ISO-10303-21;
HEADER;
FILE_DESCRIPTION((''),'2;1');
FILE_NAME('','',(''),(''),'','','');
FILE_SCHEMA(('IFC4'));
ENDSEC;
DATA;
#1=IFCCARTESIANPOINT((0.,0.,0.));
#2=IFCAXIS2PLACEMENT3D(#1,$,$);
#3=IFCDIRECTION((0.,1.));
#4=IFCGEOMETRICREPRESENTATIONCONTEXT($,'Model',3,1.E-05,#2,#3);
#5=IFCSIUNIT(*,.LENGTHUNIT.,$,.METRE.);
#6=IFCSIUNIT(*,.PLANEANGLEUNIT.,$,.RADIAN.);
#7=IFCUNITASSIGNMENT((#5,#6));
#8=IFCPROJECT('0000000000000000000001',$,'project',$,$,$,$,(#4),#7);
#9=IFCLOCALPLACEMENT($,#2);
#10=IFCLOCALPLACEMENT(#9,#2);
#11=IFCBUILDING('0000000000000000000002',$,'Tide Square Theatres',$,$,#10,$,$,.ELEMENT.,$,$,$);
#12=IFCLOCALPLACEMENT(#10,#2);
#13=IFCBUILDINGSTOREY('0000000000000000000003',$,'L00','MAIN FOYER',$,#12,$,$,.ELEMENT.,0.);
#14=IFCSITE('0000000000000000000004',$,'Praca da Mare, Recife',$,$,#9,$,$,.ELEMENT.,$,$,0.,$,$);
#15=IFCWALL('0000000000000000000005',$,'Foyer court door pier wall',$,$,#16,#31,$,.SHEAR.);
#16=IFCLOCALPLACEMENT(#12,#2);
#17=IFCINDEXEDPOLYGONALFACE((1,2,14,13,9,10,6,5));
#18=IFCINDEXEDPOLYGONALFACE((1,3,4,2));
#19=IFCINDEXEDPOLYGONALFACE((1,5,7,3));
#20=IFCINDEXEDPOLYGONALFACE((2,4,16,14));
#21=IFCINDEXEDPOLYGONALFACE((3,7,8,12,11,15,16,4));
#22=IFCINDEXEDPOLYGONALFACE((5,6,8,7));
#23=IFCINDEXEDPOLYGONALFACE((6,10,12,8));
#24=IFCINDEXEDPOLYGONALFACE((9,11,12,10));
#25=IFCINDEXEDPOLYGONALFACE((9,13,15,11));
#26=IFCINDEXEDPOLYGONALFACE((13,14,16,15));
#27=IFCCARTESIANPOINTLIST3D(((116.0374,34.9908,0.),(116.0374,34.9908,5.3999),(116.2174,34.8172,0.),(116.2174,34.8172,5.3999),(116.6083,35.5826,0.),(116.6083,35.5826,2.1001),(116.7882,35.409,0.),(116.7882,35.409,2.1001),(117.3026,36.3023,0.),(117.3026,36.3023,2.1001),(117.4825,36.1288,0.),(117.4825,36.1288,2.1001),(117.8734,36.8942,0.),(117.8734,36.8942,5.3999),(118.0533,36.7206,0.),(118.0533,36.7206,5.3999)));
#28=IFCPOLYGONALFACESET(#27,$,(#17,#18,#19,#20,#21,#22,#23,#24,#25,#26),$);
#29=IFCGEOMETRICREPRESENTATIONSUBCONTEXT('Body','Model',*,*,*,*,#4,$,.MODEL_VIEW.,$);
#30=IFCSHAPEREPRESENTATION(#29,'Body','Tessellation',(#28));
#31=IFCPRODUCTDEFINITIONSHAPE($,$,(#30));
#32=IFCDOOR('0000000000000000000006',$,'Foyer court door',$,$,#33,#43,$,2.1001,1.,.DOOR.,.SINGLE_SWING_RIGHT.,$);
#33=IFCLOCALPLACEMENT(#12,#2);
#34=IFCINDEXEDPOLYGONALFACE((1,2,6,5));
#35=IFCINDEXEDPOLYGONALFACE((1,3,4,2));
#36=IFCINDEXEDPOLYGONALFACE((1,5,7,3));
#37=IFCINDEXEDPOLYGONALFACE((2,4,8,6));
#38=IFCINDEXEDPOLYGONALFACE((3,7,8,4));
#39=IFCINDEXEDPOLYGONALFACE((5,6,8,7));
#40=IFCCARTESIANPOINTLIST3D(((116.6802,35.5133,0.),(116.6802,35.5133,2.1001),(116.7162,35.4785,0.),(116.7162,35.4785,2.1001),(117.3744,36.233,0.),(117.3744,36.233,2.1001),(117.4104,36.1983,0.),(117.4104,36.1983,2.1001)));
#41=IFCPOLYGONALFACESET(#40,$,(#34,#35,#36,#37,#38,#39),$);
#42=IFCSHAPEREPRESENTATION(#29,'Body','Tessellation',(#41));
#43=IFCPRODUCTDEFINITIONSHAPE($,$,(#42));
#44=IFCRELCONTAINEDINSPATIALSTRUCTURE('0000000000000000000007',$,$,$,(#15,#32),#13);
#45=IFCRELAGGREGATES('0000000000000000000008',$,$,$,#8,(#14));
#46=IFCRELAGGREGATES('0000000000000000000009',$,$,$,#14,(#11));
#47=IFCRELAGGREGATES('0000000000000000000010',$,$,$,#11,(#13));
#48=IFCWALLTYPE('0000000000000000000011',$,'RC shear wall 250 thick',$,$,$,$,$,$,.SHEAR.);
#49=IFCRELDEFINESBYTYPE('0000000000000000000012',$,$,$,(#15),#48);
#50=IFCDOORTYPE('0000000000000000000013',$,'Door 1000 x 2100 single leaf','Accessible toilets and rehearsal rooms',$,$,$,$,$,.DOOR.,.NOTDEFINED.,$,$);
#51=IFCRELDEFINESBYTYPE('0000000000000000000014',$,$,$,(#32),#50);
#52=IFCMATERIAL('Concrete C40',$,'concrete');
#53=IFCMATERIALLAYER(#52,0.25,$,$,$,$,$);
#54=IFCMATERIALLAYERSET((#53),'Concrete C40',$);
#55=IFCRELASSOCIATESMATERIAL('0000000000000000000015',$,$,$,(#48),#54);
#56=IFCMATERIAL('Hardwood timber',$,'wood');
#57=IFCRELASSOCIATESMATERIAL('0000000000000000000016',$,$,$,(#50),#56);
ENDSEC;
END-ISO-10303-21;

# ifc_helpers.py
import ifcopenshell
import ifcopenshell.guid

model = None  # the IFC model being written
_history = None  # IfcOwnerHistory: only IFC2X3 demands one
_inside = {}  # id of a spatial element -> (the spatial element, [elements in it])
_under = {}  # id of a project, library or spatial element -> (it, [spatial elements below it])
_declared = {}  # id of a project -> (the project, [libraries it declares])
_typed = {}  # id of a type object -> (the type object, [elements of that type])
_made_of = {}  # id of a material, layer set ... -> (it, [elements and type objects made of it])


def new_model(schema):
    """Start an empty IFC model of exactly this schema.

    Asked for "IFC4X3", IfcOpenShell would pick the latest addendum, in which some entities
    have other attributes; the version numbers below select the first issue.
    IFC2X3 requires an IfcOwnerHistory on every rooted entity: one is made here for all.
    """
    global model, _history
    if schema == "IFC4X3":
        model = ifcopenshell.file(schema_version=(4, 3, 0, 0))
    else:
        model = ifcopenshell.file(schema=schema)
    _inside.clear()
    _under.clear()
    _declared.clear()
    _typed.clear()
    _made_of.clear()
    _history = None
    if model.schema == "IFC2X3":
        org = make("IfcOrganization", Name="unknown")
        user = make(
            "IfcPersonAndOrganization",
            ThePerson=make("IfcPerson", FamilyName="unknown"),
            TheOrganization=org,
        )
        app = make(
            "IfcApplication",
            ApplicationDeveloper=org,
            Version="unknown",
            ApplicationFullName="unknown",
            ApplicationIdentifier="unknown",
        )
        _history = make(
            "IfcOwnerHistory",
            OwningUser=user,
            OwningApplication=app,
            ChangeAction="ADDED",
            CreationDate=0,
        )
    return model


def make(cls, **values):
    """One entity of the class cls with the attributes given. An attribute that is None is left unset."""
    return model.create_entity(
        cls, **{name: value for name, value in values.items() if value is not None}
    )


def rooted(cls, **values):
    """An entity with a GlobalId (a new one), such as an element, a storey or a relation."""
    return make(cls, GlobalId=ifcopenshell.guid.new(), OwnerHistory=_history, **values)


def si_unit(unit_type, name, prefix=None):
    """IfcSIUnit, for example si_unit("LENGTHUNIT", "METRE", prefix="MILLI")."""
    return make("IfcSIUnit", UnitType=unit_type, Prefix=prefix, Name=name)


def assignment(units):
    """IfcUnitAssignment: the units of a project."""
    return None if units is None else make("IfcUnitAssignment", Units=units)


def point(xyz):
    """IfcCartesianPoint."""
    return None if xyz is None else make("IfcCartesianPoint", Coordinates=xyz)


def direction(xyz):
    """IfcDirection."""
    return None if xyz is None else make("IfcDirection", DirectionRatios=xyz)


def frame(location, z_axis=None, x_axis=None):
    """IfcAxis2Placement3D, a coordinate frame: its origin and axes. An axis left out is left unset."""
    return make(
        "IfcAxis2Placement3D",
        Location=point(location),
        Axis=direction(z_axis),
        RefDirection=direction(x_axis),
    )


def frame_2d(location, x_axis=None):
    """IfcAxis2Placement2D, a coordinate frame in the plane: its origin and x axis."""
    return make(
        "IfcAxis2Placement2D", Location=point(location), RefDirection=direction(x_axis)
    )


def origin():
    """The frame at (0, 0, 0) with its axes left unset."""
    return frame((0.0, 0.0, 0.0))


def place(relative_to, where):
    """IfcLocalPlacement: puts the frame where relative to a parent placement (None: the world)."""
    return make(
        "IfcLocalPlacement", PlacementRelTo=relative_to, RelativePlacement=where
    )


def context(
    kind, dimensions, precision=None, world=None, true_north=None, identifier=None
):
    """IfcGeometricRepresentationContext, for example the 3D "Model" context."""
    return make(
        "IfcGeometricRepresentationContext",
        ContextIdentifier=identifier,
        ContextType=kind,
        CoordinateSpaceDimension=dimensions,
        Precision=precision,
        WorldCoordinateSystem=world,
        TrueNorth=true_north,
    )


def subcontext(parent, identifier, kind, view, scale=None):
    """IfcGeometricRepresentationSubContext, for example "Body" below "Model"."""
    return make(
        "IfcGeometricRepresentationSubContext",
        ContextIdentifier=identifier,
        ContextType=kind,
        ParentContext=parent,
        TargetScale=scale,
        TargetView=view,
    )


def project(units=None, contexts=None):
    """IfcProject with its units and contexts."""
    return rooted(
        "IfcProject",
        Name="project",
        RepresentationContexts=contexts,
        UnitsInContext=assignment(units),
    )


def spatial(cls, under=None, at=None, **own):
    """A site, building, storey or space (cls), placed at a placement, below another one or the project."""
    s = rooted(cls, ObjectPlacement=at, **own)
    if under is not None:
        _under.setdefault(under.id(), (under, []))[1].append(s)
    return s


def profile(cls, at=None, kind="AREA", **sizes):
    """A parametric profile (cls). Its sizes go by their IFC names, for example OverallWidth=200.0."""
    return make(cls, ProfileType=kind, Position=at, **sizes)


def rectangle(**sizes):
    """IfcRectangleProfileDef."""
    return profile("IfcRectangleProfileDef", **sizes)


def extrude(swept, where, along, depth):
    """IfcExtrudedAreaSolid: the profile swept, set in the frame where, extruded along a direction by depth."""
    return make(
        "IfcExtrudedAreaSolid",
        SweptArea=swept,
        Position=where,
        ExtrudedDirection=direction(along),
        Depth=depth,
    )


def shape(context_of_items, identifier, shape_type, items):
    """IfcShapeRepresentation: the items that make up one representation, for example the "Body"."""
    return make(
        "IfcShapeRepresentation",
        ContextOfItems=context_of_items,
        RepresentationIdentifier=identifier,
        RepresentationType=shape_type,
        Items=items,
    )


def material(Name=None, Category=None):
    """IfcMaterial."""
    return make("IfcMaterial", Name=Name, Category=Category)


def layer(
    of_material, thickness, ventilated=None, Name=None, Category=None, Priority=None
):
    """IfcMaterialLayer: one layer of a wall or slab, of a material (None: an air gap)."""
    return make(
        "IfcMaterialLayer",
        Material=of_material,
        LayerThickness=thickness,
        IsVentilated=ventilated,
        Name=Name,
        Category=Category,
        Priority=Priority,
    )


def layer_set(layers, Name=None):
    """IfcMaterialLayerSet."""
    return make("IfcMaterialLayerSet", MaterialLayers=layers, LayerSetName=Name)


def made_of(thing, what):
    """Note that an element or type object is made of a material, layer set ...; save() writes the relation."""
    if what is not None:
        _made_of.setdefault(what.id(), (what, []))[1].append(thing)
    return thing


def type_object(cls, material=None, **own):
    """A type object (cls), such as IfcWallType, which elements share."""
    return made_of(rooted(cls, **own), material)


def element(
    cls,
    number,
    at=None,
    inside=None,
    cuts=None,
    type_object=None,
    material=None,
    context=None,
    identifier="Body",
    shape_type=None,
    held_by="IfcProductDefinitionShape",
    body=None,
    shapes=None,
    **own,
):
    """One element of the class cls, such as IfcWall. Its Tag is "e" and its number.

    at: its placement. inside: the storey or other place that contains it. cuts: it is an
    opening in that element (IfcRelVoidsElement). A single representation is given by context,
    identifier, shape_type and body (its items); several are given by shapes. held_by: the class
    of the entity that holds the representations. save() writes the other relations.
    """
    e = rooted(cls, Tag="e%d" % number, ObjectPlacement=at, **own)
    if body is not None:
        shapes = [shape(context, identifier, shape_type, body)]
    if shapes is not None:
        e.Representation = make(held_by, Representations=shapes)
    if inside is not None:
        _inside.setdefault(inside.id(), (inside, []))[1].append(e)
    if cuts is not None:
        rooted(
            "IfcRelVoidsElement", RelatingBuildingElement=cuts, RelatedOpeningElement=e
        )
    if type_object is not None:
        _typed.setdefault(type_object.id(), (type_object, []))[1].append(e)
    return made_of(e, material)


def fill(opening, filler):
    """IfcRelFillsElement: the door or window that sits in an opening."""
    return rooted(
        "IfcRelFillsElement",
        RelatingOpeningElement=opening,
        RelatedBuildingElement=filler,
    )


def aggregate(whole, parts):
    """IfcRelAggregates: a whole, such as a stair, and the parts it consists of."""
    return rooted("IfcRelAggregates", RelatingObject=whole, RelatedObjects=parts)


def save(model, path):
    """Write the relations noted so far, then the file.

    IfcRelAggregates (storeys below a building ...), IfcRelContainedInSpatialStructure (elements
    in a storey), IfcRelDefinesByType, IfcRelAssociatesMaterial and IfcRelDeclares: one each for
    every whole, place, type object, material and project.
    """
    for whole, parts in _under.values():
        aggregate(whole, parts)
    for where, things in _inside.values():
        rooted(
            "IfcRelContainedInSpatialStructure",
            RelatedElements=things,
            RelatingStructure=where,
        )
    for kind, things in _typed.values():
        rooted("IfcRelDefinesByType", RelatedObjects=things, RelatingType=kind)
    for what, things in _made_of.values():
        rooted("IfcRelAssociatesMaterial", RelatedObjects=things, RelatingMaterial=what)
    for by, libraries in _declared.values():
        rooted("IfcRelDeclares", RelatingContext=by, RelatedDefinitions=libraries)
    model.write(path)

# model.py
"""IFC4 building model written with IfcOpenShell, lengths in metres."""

from ifc_helpers import new_model, si_unit, direction, frame, frame_2d, origin, place, context, subcontext, project, spatial, rectangle, extrude, material, layer, layer_set, type_object, element, fill, save


model = new_model("IFC4")

# Units and contexts
model_context = context("Model", 3, precision=1e-05, world=origin(), true_north=direction((0.0, 1.0)))
body_context = subcontext(model_context, "Body", "Model", "MODEL_VIEW")
ifc_project = project(units=[si_unit("LENGTHUNIT", "METRE"), si_unit("PLANEANGLEUNIT", "RADIAN")], contexts=[model_context])

# Site, building, storey
site_placement = place(None, origin())
site = spatial("IfcSite", under=ifc_project, at=site_placement, Name="Praca da Mare, Recife", CompositionType="ELEMENT", RefElevation=0.0)
building_placement = place(site_placement, origin())
building = spatial("IfcBuilding", under=site, at=building_placement, Name="Tide Square Theatres", CompositionType="ELEMENT")
storey_placement = place(building_placement, origin())
storey = spatial("IfcBuildingStorey", under=building, at=storey_placement, Name="L00", Description="MAIN FOYER", CompositionType="ELEMENT", Elevation=0.0)

# Wall, opening, door
ifc_material_1 = material(Name="Concrete C40", Category="concrete")
ifc_layer_1 = layer(ifc_material_1, 0.25)
ifc_layer_set_1 = layer_set([ifc_layer_1], Name="Concrete C40")
wall_type_1 = type_object("IfcWallType", Name="RC shear wall 250 thick", PredefinedType="SHEAR", material=ifc_layer_set_1)
wall_1_placement = place(storey_placement, frame((117.9634, 36.8074, 0.0), z_axis=(0.0, 0.0, 1.0), x_axis=(-0.694252, -0.719732, 0.0)))
wall_1 = element("IfcWall", 1, at=wall_1_placement, inside=storey, type_object=wall_type_1, Name="Foyer court door pier wall", PredefinedType="SHEAR", context=body_context, shape_type="SweptSolid", body=[
    extrude(rectangle(XDim=2.6445, YDim=0.25, at=frame_2d((1.3223, 0.0))), origin(), (0.0, 0.0, 1.0), 5.3999),
])
opening_1_placement = place(wall_1_placement, frame((0.8223, 0.0, 0.0)))
opening_1 = element("IfcOpeningElement", 2, at=opening_1_placement, cuts=wall_1, PredefinedType="OPENING", context=body_context, shape_type="SweptSolid", body=[
    extrude(rectangle(XDim=1.0, YDim=2.1001, at=frame_2d((0.5, 1.05))), frame((0.0, 0.135, 0.0), z_axis=(0.0, -1.0, 0.0), x_axis=(1.0, 0.0, 0.0)), (0.0, 0.0, 1.0), 0.27),
])
ifc_material_2 = material(Name="Hardwood timber", Category="wood")
door_type_1 = type_object("IfcDoorType", Name="Door 1000 x 2100 single leaf", Description="Accessible toilets and rehearsal rooms", OperationType="NOTDEFINED", PredefinedType="DOOR", material=ifc_material_2)
door_1_placement = place(opening_1_placement, origin())
door_1 = element("IfcDoor", 3, at=door_1_placement, inside=storey, type_object=door_type_1, Name="Foyer court door", OperationType="SINGLE_SWING_RIGHT", OverallHeight=2.1001, OverallWidth=1.0, PredefinedType="DOOR", context=body_context, shape_type="SweptSolid", body=[
    extrude(rectangle(XDim=1.0, YDim=2.1001, at=frame_2d((0.5, 1.05))), frame((0.0, 0.0249, 0.0), z_axis=(0.0, -1.0, 0.0), x_axis=(1.0, 0.0, 0.0)), (0.0, 0.0, 1.0), 0.05),
])
fill(opening_1, door_1)

save(model, "model.ifc")
